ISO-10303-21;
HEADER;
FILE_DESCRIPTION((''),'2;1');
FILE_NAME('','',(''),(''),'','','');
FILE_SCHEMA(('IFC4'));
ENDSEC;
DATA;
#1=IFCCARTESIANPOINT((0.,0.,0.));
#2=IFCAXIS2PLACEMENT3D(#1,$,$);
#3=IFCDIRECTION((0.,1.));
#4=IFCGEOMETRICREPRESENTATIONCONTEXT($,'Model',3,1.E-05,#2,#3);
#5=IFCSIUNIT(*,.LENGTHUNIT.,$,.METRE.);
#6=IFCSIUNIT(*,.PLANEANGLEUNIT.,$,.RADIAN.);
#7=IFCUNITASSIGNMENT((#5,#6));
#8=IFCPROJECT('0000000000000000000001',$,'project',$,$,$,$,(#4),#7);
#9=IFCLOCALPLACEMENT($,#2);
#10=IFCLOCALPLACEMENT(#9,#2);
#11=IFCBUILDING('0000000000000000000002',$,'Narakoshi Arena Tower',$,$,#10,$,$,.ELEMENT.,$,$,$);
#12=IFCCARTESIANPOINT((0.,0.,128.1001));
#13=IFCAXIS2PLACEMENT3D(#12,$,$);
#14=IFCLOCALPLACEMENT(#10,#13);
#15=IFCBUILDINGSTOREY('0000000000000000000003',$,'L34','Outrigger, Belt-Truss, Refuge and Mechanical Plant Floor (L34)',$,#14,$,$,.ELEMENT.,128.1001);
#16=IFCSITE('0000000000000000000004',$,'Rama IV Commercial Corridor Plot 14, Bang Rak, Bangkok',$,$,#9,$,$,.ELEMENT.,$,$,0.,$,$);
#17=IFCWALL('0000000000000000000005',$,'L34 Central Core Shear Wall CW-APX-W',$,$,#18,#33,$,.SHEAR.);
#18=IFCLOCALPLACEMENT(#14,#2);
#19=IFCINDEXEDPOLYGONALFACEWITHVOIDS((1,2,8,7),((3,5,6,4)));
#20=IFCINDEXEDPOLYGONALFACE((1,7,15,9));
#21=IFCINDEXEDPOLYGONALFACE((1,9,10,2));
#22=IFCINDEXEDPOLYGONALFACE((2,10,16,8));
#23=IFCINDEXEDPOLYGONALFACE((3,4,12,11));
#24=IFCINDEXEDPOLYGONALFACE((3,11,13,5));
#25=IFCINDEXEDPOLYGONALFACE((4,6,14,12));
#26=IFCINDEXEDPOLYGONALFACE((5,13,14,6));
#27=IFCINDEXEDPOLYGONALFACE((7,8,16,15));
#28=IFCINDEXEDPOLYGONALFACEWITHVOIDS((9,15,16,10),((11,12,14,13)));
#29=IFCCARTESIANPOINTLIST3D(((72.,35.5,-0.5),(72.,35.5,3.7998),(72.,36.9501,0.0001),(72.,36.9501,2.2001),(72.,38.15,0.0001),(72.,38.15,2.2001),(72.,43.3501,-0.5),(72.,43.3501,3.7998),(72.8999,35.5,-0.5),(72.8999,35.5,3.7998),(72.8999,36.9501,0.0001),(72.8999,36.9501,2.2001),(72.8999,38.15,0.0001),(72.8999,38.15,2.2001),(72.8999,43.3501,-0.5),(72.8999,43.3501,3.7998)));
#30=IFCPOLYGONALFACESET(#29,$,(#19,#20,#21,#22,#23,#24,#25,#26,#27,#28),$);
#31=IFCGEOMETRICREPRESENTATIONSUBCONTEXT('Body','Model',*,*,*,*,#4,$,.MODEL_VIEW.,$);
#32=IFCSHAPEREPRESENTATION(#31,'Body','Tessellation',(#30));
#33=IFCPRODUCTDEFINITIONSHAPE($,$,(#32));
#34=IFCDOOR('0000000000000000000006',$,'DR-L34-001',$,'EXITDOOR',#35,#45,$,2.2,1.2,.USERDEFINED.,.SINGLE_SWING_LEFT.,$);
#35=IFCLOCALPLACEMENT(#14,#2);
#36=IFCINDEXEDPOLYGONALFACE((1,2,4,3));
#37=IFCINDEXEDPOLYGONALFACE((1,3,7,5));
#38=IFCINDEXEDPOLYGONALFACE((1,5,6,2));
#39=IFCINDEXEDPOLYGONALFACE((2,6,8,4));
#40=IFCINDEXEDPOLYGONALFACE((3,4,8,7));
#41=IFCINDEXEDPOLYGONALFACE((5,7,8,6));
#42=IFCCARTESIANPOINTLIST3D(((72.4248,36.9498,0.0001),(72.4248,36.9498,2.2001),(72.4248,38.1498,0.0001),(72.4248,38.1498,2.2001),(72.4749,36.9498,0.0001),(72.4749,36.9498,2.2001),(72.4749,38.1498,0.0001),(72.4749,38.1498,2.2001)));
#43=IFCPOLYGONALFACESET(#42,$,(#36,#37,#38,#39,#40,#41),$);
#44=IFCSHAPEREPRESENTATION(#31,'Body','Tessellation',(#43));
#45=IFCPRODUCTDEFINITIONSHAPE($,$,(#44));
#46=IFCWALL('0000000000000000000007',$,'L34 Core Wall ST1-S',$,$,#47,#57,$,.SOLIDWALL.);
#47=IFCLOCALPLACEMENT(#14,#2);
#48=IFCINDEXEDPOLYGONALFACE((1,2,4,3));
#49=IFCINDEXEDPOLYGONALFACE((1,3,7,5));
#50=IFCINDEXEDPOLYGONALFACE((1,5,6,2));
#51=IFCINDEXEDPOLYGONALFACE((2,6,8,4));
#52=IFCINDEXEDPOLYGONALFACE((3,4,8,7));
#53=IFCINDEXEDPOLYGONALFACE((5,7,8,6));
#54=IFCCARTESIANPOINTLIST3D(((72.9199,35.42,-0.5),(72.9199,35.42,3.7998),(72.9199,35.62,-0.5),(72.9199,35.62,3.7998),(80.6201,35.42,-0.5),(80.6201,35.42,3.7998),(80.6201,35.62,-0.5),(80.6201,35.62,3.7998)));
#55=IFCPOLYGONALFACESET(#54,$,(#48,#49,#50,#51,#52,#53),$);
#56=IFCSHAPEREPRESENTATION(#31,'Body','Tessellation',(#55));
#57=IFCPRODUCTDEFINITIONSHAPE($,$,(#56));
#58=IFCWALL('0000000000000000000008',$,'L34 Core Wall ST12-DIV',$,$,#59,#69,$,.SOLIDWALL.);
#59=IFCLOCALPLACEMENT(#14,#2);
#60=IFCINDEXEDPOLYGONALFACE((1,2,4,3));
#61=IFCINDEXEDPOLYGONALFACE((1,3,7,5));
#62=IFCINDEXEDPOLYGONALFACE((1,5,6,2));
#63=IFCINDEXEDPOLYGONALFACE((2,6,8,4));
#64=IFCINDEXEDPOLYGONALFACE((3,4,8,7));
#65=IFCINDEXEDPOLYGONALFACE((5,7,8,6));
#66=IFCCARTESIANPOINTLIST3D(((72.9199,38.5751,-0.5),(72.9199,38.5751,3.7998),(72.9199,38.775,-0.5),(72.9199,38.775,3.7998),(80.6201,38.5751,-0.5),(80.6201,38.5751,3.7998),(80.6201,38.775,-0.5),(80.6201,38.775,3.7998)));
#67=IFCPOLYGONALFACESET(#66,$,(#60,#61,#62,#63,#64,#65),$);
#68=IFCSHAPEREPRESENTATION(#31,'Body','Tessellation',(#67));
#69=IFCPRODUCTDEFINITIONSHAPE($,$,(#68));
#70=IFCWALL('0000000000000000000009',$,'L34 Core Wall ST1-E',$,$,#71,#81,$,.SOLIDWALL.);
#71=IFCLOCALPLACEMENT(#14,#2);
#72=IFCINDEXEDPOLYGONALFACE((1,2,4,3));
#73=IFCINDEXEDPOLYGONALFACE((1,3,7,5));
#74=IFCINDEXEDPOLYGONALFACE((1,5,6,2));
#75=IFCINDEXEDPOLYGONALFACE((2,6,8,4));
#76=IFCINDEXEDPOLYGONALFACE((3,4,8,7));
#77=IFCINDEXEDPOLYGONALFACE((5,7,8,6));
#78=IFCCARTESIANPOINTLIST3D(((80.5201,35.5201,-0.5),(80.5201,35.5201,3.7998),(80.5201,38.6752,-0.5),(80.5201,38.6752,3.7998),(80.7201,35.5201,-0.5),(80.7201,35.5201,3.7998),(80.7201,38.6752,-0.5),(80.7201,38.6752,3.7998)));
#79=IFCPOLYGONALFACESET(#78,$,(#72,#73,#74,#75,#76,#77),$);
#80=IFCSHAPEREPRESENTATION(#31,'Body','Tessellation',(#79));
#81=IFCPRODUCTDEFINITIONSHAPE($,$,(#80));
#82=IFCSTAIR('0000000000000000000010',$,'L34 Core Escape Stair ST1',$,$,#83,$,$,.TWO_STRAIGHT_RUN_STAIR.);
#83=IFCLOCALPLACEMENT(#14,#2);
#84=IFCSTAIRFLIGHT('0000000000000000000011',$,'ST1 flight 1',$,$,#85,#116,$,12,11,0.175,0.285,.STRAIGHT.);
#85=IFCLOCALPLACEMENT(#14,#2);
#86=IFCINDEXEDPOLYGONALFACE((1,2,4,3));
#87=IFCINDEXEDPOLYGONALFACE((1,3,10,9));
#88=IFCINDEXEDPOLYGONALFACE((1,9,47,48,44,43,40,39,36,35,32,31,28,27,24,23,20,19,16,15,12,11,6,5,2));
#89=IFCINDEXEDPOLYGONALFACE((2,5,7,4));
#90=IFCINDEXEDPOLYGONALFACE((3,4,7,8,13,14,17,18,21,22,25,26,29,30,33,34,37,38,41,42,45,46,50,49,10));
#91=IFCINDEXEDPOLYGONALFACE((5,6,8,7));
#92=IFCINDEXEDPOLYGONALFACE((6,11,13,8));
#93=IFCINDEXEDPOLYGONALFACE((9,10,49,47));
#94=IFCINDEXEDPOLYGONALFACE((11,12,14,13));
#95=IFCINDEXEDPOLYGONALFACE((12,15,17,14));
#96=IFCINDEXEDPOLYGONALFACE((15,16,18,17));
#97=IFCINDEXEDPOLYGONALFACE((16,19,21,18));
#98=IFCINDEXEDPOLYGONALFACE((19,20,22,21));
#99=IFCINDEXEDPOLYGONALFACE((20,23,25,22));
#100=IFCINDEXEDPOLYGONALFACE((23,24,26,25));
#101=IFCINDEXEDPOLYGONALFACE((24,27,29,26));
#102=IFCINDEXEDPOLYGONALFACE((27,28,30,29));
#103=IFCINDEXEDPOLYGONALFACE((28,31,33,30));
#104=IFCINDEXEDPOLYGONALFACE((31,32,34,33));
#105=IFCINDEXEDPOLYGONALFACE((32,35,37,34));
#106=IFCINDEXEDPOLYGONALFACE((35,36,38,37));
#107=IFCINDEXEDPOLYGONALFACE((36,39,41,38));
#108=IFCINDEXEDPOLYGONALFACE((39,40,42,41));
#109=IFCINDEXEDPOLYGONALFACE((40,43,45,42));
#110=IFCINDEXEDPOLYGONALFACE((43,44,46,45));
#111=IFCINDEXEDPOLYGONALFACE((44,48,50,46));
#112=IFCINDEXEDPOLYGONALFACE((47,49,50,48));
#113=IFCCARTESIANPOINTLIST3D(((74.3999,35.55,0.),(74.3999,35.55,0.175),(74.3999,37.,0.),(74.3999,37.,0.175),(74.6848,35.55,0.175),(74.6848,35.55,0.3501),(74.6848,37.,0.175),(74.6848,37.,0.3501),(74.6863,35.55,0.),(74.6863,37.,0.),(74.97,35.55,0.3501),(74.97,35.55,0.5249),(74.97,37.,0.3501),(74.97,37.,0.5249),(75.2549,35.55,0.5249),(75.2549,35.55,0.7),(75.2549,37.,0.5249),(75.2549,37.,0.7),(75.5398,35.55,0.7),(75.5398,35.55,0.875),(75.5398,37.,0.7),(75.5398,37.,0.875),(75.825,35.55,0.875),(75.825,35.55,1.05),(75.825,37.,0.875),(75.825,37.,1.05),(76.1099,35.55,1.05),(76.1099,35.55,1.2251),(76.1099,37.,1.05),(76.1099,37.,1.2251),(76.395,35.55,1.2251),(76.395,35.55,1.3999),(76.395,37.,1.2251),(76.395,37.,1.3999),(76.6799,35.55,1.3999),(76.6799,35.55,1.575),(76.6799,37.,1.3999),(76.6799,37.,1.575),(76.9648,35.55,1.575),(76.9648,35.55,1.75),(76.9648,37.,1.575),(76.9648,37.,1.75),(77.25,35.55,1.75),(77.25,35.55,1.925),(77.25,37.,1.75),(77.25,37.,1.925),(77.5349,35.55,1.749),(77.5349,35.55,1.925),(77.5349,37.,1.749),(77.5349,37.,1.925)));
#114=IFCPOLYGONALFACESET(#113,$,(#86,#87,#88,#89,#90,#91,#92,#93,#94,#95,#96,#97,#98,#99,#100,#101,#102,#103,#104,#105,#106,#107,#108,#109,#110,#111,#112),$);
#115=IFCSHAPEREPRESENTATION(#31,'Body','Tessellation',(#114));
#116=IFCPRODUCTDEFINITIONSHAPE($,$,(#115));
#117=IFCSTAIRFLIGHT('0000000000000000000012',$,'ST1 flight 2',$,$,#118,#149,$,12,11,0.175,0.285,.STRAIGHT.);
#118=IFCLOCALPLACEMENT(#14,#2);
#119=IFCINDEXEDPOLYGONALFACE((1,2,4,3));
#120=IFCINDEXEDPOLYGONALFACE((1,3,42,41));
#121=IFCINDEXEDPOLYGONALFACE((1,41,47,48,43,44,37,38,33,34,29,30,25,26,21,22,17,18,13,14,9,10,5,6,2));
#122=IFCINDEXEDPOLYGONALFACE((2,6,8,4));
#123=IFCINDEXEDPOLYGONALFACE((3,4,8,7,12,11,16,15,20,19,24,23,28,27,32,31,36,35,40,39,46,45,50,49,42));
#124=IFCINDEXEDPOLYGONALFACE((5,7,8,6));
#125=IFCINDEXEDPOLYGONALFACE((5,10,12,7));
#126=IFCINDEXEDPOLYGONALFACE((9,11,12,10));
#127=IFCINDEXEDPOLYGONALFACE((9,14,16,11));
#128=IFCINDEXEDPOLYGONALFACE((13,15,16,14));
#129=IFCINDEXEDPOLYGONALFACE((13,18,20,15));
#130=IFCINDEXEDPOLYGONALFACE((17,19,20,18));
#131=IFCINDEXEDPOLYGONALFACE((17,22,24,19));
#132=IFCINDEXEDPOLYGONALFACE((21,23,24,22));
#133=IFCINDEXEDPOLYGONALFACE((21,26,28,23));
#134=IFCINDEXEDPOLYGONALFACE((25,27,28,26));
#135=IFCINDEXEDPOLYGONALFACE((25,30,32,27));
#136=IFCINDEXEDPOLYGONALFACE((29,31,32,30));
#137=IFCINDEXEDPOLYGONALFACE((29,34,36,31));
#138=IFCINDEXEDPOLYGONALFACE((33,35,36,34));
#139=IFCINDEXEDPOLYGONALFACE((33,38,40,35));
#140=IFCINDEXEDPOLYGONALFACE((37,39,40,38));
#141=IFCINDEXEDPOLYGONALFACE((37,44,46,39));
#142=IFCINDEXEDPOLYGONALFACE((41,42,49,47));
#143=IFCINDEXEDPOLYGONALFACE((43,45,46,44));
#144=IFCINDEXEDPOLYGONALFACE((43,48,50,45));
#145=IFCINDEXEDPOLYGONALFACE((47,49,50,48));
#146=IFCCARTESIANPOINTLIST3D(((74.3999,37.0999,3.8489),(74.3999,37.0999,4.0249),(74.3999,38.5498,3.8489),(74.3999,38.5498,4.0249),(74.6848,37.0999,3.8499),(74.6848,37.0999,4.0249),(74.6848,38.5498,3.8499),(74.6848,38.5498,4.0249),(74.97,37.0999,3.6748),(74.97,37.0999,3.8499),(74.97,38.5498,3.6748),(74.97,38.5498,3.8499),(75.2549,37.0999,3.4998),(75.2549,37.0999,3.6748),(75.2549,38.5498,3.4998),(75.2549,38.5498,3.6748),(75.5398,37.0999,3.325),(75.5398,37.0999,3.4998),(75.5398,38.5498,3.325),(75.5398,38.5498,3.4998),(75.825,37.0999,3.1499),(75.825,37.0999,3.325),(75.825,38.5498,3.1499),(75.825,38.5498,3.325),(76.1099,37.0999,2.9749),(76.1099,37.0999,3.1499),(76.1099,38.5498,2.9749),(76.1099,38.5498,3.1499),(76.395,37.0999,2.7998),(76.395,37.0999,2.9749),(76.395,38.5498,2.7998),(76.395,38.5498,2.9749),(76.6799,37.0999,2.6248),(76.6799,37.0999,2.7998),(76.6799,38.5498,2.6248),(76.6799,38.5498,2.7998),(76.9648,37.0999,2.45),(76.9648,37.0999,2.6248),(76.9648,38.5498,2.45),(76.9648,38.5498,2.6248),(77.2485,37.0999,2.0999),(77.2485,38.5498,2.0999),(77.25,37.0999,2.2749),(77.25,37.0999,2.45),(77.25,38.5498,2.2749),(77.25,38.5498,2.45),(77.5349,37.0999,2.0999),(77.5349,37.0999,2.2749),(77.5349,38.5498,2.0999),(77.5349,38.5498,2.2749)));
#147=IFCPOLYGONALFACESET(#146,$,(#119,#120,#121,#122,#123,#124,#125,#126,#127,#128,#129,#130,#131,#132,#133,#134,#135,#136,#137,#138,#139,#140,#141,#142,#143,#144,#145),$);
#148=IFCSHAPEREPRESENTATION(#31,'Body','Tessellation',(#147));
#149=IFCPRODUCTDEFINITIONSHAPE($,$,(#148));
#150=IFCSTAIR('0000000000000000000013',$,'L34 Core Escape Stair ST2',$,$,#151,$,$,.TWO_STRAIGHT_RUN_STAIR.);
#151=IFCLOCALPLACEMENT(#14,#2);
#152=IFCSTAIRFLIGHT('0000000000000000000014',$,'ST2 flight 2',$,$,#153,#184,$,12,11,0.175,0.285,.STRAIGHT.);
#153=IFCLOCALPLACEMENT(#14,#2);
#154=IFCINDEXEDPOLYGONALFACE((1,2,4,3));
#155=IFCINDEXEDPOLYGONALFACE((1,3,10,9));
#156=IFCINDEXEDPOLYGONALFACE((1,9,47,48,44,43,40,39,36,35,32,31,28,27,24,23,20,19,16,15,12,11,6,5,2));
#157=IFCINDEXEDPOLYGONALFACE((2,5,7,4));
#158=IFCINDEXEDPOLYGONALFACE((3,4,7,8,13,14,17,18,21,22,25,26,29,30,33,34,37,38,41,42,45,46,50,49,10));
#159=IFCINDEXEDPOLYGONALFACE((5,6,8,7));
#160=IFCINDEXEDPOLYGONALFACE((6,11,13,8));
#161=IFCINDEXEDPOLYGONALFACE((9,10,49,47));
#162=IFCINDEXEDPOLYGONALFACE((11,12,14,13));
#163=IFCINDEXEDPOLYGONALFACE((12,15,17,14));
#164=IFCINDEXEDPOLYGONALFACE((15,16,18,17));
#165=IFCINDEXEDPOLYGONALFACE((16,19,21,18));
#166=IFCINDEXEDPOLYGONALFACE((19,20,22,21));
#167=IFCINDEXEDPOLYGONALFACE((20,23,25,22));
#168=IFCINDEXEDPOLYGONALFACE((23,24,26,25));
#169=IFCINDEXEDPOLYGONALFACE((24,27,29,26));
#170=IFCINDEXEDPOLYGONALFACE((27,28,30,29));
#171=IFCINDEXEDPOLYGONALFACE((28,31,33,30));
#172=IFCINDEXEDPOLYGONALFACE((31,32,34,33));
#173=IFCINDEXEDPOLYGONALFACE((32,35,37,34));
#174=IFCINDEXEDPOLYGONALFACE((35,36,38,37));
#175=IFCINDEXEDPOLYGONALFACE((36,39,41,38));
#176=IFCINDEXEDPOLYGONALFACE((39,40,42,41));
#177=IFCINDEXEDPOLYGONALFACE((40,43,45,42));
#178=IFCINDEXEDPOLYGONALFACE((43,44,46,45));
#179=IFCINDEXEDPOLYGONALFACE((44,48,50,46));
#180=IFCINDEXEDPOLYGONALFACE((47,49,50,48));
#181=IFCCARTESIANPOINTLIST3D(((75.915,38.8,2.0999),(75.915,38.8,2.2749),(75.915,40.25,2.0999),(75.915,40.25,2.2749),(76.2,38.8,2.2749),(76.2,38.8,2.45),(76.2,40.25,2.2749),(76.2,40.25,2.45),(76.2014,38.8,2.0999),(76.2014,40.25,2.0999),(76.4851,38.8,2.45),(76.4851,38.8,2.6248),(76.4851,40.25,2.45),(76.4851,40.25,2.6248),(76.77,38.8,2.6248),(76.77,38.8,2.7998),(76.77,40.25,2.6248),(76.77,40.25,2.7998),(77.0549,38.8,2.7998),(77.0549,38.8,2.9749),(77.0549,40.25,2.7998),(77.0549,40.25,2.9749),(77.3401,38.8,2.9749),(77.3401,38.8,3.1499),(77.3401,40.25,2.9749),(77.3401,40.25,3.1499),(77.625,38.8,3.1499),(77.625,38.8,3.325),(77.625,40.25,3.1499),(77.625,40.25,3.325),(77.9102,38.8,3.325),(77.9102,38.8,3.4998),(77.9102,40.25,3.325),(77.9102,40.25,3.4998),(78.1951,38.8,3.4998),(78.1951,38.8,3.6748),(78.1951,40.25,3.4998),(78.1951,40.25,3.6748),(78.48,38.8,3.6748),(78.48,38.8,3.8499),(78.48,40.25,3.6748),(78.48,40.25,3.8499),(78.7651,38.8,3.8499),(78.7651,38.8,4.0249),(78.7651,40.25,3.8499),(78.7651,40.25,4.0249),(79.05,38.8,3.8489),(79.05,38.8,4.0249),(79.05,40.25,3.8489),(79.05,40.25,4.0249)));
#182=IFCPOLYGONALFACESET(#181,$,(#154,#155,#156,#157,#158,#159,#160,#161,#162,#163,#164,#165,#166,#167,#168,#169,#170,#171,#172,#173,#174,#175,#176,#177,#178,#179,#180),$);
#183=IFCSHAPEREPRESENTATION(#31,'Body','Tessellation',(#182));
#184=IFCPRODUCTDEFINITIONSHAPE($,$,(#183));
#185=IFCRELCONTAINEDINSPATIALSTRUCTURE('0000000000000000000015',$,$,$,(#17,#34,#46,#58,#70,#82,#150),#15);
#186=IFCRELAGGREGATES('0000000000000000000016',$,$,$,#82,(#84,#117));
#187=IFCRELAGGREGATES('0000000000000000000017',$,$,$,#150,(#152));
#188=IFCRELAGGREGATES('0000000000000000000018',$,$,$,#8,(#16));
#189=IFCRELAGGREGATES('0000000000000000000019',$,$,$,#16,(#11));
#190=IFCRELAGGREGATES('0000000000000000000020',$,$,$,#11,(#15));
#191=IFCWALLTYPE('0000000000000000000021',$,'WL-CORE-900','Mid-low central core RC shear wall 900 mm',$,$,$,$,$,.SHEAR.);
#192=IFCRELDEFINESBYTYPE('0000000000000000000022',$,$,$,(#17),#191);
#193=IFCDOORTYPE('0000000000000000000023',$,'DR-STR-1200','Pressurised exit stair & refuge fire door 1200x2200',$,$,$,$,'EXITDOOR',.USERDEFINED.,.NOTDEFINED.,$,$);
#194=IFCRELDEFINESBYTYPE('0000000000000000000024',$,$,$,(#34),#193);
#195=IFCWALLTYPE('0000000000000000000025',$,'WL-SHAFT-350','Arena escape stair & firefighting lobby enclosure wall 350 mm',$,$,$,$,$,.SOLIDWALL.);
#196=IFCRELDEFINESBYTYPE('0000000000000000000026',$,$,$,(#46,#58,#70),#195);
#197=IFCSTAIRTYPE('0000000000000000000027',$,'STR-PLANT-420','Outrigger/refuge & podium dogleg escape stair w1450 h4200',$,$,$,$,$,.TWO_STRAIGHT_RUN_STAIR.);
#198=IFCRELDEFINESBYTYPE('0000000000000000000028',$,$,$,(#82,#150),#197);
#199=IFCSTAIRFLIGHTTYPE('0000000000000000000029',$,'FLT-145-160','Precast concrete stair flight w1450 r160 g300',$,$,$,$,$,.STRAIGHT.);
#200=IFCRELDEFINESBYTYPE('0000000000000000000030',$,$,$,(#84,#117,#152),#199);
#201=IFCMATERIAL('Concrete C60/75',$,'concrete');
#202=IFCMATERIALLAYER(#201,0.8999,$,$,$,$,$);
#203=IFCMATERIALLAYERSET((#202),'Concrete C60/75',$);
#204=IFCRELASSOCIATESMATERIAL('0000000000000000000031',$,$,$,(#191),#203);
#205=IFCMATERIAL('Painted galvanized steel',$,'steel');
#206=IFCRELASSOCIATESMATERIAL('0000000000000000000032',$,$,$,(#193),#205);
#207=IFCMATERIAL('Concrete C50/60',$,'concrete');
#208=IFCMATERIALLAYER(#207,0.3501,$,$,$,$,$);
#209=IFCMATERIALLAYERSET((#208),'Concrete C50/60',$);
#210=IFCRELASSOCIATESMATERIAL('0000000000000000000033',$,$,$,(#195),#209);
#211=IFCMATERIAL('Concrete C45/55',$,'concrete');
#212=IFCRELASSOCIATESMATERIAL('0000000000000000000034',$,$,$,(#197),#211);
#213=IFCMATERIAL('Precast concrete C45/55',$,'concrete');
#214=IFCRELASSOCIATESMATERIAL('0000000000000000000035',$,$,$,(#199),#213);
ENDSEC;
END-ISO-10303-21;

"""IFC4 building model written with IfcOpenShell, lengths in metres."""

from ifc_helpers import new_model, si_unit, direction, frame, frame_2d, origin, place, context, subcontext, project, spatial, polyline, rectangle, outline, extrude, material, layer, layer_set, type_object, element, fill, aggregate, save


model = new_model("IFC4")

# Units and contexts
model_context = context("Model", 3, precision=1e-05, world=origin(), true_north=direction((0.0, 1.0)))
body_context = subcontext(model_context, "Body", "Model", "MODEL_VIEW")
ifc_project = project(units=[si_unit("LENGTHUNIT", "METRE"), si_unit("PLANEANGLEUNIT", "RADIAN")], contexts=[model_context])

# Site, building, storey
site_placement = place(None, origin())
site = spatial("IfcSite", under=ifc_project, at=site_placement, Name="Rama IV Commercial Corridor Plot 14, Bang Rak, Bangkok", CompositionType="ELEMENT", RefElevation=0.0)
building_placement = place(site_placement, origin())
building = spatial("IfcBuilding", under=site, at=building_placement, Name="Narakoshi Arena Tower", CompositionType="ELEMENT")
storey_placement = place(building_placement, frame((0.0, 0.0, 128.1001)))
storey = spatial("IfcBuildingStorey", under=building, at=storey_placement, Name="L34", Description="Outrigger, Belt-Truss, Refuge and Mechanical Plant Floor (L34)", CompositionType="ELEMENT", Elevation=128.1001)

# Wall, opening, door
ifc_material_1 = material(Name="Concrete C60/75", Category="concrete")
ifc_layer_1 = layer(ifc_material_1, 0.8999)
ifc_layer_set_1 = layer_set([ifc_layer_1], Name="Concrete C60/75")
wall_type_1 = type_object("IfcWallType", Name="WL-CORE-900", Description="Mid-low central core RC shear wall 900 mm", PredefinedType="SHEAR", material=ifc_layer_set_1)
wall_1_placement = place(storey_placement, frame((72.45, 35.5, -0.5), z_axis=(0.0, 0.0, 1.0), x_axis=(0.0, 1.0, 0.0)))
wall_1 = element("IfcWall", 1, at=wall_1_placement, inside=storey, type_object=wall_type_1, Name="L34 Central Core Shear Wall CW-APX-W", PredefinedType="SHEAR", context=body_context, shape_type="SweptSolid", body=[
    extrude(rectangle(XDim=7.8501, YDim=0.8999, at=frame_2d((3.925, 0.0))), origin(), (0.0, 0.0, 1.0), 4.2998),
])
opening_placement = place(wall_1_placement, frame((1.45, 0.0, 0.5)))
opening = element("IfcOpeningElement", 2, at=opening_placement, cuts=wall_1, PredefinedType="OPENING", context=body_context, shape_type="SweptSolid", body=[
    extrude(rectangle(XDim=1.2, YDim=2.2, at=frame_2d((0.6001, 1.1001))), frame((0.0, 0.46, 0.0), z_axis=(0.0, -1.0, 0.0), x_axis=(1.0, 0.0, 0.0)), (0.0, 0.0, 1.0), 0.9199),
])
ifc_material_2 = material(Name="Painted galvanized steel", Category="steel")
door_type = type_object("IfcDoorType", Name="DR-STR-1200", Description="Pressurised exit stair & refuge fire door 1200x2200", ElementType="EXITDOOR", OperationType="NOTDEFINED", PredefinedType="USERDEFINED", material=ifc_material_2)
door_placement = place(opening_placement, frame((1.2, 0.0, 0.0), z_axis=(0.0, 0.0, 1.0), x_axis=(-1.0, 0.0, 0.0)))
door = element("IfcDoor", 3, at=door_placement, inside=storey, type_object=door_type, Name="DR-L34-001", ObjectType="EXITDOOR", OperationType="SINGLE_SWING_LEFT", OverallHeight=2.2, OverallWidth=1.2, PredefinedType="USERDEFINED", context=body_context, shape_type="SweptSolid", body=[
    extrude(rectangle(XDim=1.2, YDim=2.2, at=frame_2d((0.6001, 1.1001))), frame((0.0, 0.0249, 0.0), z_axis=(0.0, -1.0, 0.0), x_axis=(1.0, 0.0, 0.0)), (0.0, 0.0, 1.0), 0.05),
])
fill(opening, door)

# Walls
ifc_material_3 = material(Name="Concrete C50/60", Category="concrete")
ifc_layer_2 = layer(ifc_material_3, 0.3501)
ifc_layer_set_2 = layer_set([ifc_layer_2], Name="Concrete C50/60")
wall_type_2 = type_object("IfcWallType", Name="WL-SHAFT-350", Description="Arena escape stair & firefighting lobby enclosure wall 350 mm", PredefinedType="SOLIDWALL", material=ifc_layer_set_2)
for number, where, z_axis, x_axis, name in (
    (4, (72.9199, 35.52, -0.5), (0.0, 0.0, 1.0), (1.0, 0.0, 0.0), "L34 Core Wall ST1-S"),
    (5, (72.9199, 38.675, -0.5), (0.0, 0.0, 1.0), (1.0, 0.0, 0.0), "L34 Core Wall ST12-DIV"),
):
    element("IfcWall", number, at=place(storey_placement, frame(where, z_axis=z_axis, x_axis=x_axis)), inside=storey, type_object=wall_type_2, Name=name, PredefinedType="SOLIDWALL", context=body_context, shape_type="SweptSolid", body=[
        extrude(rectangle(XDim=7.7002, YDim=0.2, at=frame_2d((3.8501, 0.0))), origin(), (0.0, 0.0, 1.0), 4.2998),
    ])
wall_2_placement = place(storey_placement, frame((80.6201, 35.52, -0.5), z_axis=(0.0, 0.0, 1.0), x_axis=(0.0, 1.0, 0.0)))
element("IfcWall", 6, at=wall_2_placement, inside=storey, type_object=wall_type_2, Name="L34 Core Wall ST1-E", PredefinedType="SOLIDWALL", context=body_context, shape_type="SweptSolid", body=[
    extrude(rectangle(XDim=3.155, YDim=0.2, at=frame_2d((1.5776, 0.0))), origin(), (0.0, 0.0, 1.0), 4.2998),
])

# Stair, stair flights
ifc_material_4 = material(Name="Concrete C45/55", Category="concrete")
stair_type = type_object("IfcStairType", Name="STR-PLANT-420", Description="Outrigger/refuge & podium dogleg escape stair w1450 h4200", PredefinedType="TWO_STRAIGHT_RUN_STAIR", material=ifc_material_4)
stair_1_placement = place(storey_placement, origin())
stair_1 = element("IfcStair", 7, at=stair_1_placement, inside=storey, type_object=stair_type, Name="L34 Core Escape Stair ST1", PredefinedType="TWO_STRAIGHT_RUN_STAIR")
ifc_material_5 = material(Name="Precast concrete C45/55", Category="concrete")
stair_flight_type = type_object("IfcStairFlightType", Name="FLT-145-160", Description="Precast concrete stair flight w1450 r160 g300", PredefinedType="STRAIGHT", material=ifc_material_5)
stair_flight_1_placement = place(storey_placement, frame((74.3999, 36.2749, 0.0), z_axis=(0.0, 0.0, 1.0), x_axis=(1.0, 0.0, 0.0)))
stair_flight_1 = element("IfcStairFlight", 8, at=stair_flight_1_placement, type_object=stair_flight_type, Name="ST1 flight 1", NumberOfRisers=12, NumberOfTreads=11, PredefinedType="STRAIGHT", RiserHeight=0.175, TreadLength=0.285, context=body_context, shape_type="SweptSolid", body=[
    extrude(outline(polyline([(0.0, 0.0), (0.0, 0.175), (0.2849, 0.175), (0.2849, 0.3501), (0.5701, 0.3501), (0.5701, 0.5249), (0.855, 0.5249), (0.855, 0.7), (1.1399, 0.7), (1.1399, 0.875), (1.425, 0.875), (1.425, 1.05), (1.71, 1.05), (1.71, 1.2251), (1.9951, 1.2251), (1.9951, 1.3999), (2.28, 1.3999), (2.28, 1.575), (2.5649, 1.575), (2.5649, 1.75), (2.8501, 1.75), (2.8501, 1.925), (3.135, 1.925), (3.135, 2.1001), (3.135, 1.749), (0.2864, 0.0), (0.0, 0.0)])), frame((0.0, 0.7251, 0.0), z_axis=(0.0, -1.0, 0.0), x_axis=(1.0, 0.0, 0.0)), (0.0, 0.0, 1.0), 1.45),
])
stair_flight_2_placement = place(storey_placement, frame((77.5349, 37.825, 2.0999), z_axis=(0.0, 0.0, 1.0), x_axis=(-1.0, 0.0, 0.0)))
stair_flight_2 = element("IfcStairFlight", 9, at=stair_flight_2_placement, type_object=stair_flight_type, Name="ST1 flight 2", NumberOfRisers=12, NumberOfTreads=11, PredefinedType="STRAIGHT", RiserHeight=0.175, TreadLength=0.285, context=body_context, shape_type="SweptSolid", body=[
    extrude(outline(polyline([(0.0, 0.0), (0.0, 0.175), (0.2849, 0.175), (0.2849, 0.3501), (0.5701, 0.3501), (0.5701, 0.5249), (0.855, 0.5249), (0.855, 0.7), (1.1399, 0.7), (1.1399, 0.875), (1.425, 0.875), (1.425, 1.05), (1.71, 1.05), (1.71, 1.2251), (1.9951, 1.2251), (1.9951, 1.3999), (2.28, 1.3999), (2.28, 1.575), (2.5649, 1.575), (2.5649, 1.75), (2.8501, 1.75), (2.8501, 1.925), (3.135, 1.925), (3.135, 2.1001), (3.135, 1.749), (0.2864, 0.0), (0.0, 0.0)])), frame((0.0, 0.7251, 0.0), z_axis=(0.0, -1.0, 0.0), x_axis=(1.0, 0.0, 0.0)), (0.0, 0.0, 1.0), 1.45),
])
aggregate(stair_1, [stair_flight_1, stair_flight_2])

# Stair, stair flight
stair_2_placement = place(storey_placement, origin())
stair_2 = element("IfcStair", 10, at=stair_2_placement, inside=storey, type_object=stair_type, Name="L34 Core Escape Stair ST2", PredefinedType="TWO_STRAIGHT_RUN_STAIR")
stair_flight_3_placement = place(storey_placement, frame((75.915, 39.5249, 2.0999), z_axis=(0.0, 0.0, 1.0), x_axis=(1.0, 0.0, 0.0)))
stair_flight_3 = element("IfcStairFlight", 11, at=stair_flight_3_placement, type_object=stair_flight_type, Name="ST2 flight 2", NumberOfRisers=12, NumberOfTreads=11, PredefinedType="STRAIGHT", RiserHeight=0.175, TreadLength=0.285, context=body_context, shape_type="SweptSolid", body=[
    extrude(outline(polyline([(0.0, 0.0), (0.0, 0.175), (0.2849, 0.175), (0.2849, 0.3501), (0.5701, 0.3501), (0.5701, 0.5249), (0.855, 0.5249), (0.855, 0.7), (1.1399, 0.7), (1.1399, 0.875), (1.425, 0.875), (1.425, 1.05), (1.71, 1.05), (1.71, 1.2251), (1.9951, 1.2251), (1.9951, 1.3999), (2.28, 1.3999), (2.28, 1.575), (2.5649, 1.575), (2.5649, 1.75), (2.8501, 1.75), (2.8501, 1.925), (3.135, 1.925), (3.135, 2.1001), (3.135, 1.749), (0.2864, 0.0), (0.0, 0.0)])), frame((0.0, 0.7251, 0.0), z_axis=(0.0, -1.0, 0.0), x_axis=(1.0, 0.0, 0.0)), (0.0, 0.0, 1.0), 1.45),
])
aggregate(stair_2, [stair_flight_3])

save(model, "model.ifc")
